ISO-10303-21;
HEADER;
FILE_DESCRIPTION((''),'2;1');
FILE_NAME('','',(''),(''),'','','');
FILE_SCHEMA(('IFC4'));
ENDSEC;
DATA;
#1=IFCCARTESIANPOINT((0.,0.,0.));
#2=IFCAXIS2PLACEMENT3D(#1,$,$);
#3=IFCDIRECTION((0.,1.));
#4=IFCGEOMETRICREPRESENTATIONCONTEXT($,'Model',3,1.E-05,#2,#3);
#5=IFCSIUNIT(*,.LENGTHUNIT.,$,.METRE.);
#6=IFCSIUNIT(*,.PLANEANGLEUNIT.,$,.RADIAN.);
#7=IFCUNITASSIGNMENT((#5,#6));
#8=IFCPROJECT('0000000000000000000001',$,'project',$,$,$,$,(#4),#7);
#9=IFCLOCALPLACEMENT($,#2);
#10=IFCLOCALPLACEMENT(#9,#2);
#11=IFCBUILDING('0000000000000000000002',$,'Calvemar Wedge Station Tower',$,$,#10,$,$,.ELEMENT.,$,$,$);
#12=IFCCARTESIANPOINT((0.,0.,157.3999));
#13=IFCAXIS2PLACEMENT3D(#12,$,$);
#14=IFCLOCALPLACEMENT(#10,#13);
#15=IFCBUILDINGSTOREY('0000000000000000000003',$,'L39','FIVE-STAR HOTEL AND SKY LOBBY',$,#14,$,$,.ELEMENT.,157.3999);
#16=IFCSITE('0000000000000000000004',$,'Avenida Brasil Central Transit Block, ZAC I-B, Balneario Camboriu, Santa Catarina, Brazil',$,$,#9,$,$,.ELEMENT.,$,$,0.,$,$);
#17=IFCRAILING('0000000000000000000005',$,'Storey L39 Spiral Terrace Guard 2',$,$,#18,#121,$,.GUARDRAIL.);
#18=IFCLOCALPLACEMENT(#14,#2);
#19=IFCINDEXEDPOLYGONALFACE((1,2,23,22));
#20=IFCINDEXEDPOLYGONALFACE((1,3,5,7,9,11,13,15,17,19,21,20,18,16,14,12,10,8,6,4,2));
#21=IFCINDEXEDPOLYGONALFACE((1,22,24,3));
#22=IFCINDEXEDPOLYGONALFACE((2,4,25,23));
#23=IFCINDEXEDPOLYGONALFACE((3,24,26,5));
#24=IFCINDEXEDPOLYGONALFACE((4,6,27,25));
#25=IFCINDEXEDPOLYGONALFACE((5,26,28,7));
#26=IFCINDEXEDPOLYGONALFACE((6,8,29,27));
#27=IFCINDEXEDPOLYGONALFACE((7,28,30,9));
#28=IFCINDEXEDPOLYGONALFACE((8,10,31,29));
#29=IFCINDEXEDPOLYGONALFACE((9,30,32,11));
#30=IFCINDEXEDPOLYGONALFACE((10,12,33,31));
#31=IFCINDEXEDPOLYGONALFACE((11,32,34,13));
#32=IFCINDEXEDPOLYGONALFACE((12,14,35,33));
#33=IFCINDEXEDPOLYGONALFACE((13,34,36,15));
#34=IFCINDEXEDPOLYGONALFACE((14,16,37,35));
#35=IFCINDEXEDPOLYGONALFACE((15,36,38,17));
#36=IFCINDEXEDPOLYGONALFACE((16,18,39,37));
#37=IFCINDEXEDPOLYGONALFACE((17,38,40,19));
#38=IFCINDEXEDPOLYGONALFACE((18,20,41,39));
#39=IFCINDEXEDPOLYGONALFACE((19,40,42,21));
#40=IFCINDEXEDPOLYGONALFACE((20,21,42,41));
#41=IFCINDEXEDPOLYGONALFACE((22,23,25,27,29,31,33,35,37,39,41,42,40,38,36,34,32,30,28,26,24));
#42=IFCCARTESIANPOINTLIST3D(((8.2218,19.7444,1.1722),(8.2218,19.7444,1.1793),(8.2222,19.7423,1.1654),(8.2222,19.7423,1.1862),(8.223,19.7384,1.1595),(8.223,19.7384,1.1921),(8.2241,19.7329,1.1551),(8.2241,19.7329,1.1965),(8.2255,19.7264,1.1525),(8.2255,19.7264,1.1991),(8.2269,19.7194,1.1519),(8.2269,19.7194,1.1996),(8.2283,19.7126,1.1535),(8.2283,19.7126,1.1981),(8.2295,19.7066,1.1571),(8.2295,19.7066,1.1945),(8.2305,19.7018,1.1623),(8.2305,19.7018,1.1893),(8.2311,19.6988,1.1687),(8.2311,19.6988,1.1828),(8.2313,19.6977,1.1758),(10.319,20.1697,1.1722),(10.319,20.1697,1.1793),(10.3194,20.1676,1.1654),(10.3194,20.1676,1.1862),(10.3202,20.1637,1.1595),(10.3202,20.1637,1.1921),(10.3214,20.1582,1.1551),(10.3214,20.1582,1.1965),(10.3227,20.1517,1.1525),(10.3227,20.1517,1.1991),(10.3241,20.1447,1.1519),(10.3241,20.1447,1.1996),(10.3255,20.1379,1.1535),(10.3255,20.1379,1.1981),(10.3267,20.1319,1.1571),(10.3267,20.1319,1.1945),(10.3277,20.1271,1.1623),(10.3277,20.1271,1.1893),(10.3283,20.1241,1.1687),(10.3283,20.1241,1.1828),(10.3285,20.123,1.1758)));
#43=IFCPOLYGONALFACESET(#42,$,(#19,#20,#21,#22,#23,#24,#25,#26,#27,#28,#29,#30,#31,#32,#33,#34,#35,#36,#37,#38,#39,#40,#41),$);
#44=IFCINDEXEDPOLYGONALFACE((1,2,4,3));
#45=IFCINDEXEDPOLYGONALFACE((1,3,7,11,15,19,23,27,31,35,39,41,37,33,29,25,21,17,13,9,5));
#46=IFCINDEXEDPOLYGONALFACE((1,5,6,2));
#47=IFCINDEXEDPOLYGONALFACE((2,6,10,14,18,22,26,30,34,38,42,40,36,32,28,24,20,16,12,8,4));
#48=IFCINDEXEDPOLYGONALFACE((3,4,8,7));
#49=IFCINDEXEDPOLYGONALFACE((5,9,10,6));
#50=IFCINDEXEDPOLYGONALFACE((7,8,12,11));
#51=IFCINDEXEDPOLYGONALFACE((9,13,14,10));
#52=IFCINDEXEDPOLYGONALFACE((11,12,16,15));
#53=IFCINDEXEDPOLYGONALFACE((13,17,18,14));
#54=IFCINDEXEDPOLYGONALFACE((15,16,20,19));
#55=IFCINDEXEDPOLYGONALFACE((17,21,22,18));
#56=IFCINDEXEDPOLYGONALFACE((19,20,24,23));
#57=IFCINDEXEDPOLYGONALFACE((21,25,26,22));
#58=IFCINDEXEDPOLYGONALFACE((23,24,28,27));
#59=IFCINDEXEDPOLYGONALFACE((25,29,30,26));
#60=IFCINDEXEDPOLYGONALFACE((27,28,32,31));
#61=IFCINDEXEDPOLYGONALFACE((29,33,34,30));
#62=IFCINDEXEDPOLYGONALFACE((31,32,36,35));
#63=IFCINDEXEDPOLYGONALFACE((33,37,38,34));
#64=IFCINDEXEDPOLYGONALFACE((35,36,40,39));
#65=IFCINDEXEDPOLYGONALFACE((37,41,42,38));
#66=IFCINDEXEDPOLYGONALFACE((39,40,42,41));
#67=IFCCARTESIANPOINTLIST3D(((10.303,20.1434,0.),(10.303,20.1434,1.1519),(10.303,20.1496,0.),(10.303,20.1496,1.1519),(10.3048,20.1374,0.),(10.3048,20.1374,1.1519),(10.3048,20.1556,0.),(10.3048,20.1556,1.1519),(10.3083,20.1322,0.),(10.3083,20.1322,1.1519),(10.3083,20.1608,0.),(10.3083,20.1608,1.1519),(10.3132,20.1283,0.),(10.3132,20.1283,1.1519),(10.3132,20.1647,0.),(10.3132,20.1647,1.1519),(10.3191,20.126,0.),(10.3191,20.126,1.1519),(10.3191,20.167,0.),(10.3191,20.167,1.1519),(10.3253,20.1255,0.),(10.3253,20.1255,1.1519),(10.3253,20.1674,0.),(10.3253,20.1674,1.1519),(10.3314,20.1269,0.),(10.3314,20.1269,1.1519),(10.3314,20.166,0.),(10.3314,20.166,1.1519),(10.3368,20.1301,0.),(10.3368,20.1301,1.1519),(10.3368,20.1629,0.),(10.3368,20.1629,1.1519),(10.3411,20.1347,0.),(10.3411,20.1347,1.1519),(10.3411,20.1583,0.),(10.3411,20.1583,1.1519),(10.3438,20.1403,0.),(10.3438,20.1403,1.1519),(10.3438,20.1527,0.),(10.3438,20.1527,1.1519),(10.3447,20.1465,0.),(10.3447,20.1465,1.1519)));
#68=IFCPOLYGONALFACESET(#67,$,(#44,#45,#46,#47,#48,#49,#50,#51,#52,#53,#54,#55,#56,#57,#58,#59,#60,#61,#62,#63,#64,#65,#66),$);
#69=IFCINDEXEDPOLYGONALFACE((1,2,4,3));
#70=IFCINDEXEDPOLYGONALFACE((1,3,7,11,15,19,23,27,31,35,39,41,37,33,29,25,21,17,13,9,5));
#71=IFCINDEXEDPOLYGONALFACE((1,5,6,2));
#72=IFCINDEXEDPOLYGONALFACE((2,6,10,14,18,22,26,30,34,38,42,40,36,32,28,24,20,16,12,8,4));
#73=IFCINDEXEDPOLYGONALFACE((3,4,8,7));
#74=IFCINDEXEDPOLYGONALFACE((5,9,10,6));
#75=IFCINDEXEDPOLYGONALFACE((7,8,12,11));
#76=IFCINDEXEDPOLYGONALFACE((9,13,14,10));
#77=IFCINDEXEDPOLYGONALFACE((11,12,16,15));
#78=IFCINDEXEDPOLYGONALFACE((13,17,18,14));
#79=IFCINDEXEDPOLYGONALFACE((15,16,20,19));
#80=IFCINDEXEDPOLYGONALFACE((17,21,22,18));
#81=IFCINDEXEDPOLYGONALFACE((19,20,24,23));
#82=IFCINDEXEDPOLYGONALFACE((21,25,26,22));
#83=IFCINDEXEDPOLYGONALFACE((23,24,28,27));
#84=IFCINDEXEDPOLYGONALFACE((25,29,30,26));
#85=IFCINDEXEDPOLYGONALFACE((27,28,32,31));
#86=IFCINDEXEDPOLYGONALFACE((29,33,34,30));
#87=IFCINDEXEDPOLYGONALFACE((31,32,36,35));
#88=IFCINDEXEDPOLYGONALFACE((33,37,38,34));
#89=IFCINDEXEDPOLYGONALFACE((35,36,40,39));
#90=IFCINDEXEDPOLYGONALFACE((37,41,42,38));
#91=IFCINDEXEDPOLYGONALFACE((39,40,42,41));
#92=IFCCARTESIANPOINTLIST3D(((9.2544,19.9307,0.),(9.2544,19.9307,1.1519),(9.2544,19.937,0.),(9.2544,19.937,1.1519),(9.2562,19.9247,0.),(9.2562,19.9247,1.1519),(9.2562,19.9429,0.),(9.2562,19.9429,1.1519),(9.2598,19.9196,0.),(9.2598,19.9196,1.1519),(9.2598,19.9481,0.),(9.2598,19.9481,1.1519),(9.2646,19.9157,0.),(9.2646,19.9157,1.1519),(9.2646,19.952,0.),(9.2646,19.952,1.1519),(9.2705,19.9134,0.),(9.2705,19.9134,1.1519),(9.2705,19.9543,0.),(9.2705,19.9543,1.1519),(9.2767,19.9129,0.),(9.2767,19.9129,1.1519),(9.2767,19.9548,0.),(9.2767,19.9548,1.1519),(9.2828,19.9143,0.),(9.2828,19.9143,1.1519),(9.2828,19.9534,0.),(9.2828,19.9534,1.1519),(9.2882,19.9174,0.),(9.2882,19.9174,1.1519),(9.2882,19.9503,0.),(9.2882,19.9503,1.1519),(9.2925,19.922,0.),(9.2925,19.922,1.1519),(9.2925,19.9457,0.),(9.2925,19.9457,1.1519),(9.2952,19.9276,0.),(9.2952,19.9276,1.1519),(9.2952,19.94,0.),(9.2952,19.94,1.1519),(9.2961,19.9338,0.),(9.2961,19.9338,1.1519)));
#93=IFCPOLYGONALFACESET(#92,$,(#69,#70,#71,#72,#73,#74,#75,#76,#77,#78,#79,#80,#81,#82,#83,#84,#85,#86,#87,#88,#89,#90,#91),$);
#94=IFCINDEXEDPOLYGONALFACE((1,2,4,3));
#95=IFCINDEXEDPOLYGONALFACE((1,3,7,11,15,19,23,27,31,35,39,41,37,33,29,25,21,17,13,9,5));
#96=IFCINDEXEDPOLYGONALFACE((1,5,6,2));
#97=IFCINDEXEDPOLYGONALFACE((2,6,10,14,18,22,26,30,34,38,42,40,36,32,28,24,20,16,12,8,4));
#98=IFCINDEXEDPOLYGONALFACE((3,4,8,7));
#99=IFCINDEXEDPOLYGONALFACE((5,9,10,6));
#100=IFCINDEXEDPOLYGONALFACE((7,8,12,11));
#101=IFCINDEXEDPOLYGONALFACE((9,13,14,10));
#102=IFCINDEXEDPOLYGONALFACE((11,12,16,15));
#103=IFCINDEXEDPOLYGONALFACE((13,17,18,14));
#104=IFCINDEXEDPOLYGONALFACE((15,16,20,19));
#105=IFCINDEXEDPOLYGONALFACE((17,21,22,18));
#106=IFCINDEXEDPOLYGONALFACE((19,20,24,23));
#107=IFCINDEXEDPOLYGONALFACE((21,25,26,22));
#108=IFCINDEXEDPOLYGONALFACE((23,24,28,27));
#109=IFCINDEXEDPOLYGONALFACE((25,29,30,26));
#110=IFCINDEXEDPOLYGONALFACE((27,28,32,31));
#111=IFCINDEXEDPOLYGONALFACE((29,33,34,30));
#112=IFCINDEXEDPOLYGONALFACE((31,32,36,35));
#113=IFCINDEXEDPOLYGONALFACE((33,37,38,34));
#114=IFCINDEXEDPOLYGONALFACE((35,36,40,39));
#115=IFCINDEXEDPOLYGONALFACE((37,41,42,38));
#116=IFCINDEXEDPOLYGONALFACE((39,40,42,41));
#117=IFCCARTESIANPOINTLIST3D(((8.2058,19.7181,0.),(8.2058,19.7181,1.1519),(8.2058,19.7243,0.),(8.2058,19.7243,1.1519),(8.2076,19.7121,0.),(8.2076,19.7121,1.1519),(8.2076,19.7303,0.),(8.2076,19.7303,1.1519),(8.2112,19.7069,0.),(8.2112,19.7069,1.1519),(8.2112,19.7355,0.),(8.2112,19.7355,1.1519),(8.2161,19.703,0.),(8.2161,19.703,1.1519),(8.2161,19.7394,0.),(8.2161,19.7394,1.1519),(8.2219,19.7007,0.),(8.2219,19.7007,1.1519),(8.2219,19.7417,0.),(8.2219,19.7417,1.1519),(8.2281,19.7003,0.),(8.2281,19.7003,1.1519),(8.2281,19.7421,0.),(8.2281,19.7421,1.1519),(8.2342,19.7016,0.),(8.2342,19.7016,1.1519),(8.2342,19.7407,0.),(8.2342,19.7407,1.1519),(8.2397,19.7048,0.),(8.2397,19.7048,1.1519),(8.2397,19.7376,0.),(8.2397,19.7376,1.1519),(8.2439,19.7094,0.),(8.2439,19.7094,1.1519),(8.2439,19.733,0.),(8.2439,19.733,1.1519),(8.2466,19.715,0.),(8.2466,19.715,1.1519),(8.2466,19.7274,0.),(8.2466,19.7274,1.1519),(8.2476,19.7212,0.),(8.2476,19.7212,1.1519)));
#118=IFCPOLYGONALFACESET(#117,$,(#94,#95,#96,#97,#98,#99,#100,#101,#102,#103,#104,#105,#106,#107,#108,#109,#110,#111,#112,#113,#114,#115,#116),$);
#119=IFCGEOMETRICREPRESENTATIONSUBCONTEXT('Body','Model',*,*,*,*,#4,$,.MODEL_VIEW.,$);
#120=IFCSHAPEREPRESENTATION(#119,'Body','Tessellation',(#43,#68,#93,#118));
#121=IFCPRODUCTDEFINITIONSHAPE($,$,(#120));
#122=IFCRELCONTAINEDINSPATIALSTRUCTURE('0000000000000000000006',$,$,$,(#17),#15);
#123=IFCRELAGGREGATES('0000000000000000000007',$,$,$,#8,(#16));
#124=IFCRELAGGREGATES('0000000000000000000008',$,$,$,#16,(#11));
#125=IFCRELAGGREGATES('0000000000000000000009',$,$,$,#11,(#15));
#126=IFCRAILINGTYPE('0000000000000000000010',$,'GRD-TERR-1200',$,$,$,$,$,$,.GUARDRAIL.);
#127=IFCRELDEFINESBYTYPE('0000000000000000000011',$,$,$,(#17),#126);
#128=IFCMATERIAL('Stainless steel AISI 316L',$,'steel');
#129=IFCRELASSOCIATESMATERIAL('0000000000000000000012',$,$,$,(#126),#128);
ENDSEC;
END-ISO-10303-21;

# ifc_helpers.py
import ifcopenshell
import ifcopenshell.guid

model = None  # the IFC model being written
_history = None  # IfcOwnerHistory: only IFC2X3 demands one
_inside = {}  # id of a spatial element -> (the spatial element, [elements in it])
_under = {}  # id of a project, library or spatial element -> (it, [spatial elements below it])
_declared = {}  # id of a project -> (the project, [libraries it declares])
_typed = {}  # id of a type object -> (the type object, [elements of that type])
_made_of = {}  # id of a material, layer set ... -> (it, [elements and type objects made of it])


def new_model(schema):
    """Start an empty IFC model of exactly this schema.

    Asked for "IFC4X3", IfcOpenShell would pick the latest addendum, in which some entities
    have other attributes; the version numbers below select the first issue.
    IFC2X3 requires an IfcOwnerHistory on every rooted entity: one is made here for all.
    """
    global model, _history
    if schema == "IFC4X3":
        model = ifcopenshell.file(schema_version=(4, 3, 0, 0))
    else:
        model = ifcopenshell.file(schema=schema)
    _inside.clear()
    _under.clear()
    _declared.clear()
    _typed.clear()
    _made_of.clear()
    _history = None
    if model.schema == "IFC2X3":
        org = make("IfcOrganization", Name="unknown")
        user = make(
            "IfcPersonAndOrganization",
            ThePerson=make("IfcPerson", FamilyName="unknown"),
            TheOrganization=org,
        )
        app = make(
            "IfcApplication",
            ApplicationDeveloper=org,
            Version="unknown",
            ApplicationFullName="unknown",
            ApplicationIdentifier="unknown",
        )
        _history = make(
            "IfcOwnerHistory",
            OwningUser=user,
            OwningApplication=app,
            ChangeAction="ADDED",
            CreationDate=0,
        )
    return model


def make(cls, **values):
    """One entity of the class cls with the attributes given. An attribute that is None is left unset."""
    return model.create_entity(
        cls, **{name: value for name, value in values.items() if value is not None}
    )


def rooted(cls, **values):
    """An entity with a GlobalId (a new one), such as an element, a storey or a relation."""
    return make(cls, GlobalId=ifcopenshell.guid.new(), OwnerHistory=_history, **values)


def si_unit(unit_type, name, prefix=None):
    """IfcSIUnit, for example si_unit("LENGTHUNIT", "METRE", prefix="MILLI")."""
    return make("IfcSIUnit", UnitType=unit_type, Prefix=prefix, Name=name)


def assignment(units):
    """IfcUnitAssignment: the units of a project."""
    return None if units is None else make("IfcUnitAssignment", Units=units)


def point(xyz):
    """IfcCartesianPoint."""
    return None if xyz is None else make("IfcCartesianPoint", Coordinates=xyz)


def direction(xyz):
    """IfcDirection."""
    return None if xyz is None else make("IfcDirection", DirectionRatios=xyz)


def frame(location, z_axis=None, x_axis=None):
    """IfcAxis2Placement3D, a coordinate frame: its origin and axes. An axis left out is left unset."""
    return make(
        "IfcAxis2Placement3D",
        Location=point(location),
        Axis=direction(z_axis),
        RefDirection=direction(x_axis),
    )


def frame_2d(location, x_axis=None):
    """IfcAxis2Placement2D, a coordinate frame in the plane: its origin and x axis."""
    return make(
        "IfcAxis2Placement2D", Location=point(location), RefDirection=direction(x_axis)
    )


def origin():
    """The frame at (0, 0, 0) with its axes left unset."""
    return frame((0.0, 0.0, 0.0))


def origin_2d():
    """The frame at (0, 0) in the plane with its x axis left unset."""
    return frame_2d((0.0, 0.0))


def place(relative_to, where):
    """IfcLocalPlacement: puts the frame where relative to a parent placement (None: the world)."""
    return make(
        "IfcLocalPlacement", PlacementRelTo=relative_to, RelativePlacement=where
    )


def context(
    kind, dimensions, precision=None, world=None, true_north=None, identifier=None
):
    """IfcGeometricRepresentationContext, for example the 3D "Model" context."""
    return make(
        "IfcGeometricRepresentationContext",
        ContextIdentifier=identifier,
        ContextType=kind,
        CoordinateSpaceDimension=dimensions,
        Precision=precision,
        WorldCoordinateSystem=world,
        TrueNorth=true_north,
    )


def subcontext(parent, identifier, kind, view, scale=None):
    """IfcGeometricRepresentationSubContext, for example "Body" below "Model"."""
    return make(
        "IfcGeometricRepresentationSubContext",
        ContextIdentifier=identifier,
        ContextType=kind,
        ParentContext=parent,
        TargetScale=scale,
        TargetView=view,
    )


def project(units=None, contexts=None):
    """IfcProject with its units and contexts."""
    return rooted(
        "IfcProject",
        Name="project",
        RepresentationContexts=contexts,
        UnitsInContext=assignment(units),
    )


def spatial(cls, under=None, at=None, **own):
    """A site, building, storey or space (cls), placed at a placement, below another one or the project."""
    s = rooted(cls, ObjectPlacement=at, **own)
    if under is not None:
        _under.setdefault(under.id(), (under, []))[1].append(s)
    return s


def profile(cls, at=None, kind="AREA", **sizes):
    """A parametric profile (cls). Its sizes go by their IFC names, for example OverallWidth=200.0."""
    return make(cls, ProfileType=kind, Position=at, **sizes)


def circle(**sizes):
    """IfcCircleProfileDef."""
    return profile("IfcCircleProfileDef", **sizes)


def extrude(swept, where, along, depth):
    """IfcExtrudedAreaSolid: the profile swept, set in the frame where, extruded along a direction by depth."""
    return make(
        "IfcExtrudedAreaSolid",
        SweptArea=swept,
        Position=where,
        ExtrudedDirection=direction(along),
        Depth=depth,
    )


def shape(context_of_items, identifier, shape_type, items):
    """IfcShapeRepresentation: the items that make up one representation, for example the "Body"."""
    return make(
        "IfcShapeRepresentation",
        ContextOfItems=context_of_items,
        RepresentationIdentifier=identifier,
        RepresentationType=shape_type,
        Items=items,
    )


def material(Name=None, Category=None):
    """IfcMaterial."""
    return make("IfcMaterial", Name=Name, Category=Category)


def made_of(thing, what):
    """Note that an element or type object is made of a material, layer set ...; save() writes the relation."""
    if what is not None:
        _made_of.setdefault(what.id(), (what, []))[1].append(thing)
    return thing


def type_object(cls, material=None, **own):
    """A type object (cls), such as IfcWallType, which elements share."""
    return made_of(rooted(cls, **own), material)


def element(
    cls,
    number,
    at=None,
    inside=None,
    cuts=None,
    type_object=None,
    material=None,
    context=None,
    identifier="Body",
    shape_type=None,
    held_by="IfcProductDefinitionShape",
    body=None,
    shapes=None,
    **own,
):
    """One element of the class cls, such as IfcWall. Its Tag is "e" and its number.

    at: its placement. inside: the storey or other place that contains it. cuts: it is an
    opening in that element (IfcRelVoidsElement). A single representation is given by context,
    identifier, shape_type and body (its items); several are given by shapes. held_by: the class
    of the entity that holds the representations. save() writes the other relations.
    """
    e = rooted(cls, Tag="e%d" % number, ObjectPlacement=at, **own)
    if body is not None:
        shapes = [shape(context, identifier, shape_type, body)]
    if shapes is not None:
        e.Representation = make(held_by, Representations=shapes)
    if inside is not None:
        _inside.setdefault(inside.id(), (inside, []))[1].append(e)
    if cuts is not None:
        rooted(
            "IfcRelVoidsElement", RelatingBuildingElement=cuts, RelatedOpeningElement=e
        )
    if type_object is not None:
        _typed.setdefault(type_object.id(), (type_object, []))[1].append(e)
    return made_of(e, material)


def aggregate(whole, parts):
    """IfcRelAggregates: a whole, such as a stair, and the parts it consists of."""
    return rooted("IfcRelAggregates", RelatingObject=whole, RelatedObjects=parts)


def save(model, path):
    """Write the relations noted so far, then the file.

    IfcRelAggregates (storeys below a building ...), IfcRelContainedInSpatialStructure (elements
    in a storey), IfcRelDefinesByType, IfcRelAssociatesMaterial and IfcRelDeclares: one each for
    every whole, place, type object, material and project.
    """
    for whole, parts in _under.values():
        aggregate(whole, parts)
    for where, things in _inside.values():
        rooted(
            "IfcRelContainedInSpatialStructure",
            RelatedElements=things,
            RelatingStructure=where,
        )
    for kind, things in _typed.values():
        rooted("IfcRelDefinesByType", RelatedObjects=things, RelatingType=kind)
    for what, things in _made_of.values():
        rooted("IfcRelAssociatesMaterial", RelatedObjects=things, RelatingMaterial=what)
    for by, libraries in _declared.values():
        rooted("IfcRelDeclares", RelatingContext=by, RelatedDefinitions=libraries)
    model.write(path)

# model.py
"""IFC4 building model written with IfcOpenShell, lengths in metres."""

from ifc_helpers import new_model, si_unit, direction, frame, origin, origin_2d, place, context, subcontext, project, spatial, circle, extrude, material, type_object, element, save


model = new_model("IFC4")

# Units and contexts
model_context = context("Model", 3, precision=1e-05, world=origin(), true_north=direction((0.0, 1.0)))
body_context = subcontext(model_context, "Body", "Model", "MODEL_VIEW")
ifc_project = project(units=[si_unit("LENGTHUNIT", "METRE"), si_unit("PLANEANGLEUNIT", "RADIAN")], contexts=[model_context])

# Site, building, storey
site_placement = place(None, origin())
site = spatial("IfcSite", under=ifc_project, at=site_placement, Name="Avenida Brasil Central Transit Block, ZAC I-B, Balneario Camboriu, Santa Catarina, Brazil", CompositionType="ELEMENT", RefElevation=0.0)
building_placement = place(site_placement, origin())
building = spatial("IfcBuilding", under=site, at=building_placement, Name="Calvemar Wedge Station Tower", CompositionType="ELEMENT")
storey_placement = place(building_placement, frame((0.0, 0.0, 157.3999)))
storey = spatial("IfcBuildingStorey", under=building, at=storey_placement, Name="L39", Description="FIVE-STAR HOTEL AND SKY LOBBY", CompositionType="ELEMENT", Elevation=157.3999)

# Railing
ifc_material_1 = material(Name="Stainless steel AISI 316L", Category="steel")
railing_type = type_object("IfcRailingType", Name="GRD-TERR-1200", PredefinedType="GUARDRAIL", material=ifc_material_1)
railing_1_placement = place(storey_placement, frame((10.3237, 20.1465, 0.0)))
element("IfcRailing", 1, at=railing_1_placement, inside=storey, type_object=railing_type, Name="Storey L39 Spiral Terrace Guard 2", PredefinedType="GUARDRAIL", context=body_context, shape_type="SweptSolid", body=[
    extrude(circle(Radius=0.0239, at=origin_2d()), frame((0.0, 0.0, 1.1758), z_axis=(-0.980051, -0.198748, 0.0), x_axis=(0.198748, -0.980051, 0.0)), (0.0, 0.0, 1.0), 2.1399),
    extrude(circle(Radius=0.021, at=origin_2d()), origin(), (0.0, 0.0, 1.0), 1.1519),
    extrude(circle(Radius=0.021, at=origin_2d()), frame((-1.0486, -0.2126, 0.0)), (0.0, 0.0, 1.0), 1.1519),
    extrude(circle(Radius=0.021, at=origin_2d()), frame((-2.0972, -0.4253, 0.0)), (0.0, 0.0, 1.0), 1.1519),
])

save(model, "model.ifc")
